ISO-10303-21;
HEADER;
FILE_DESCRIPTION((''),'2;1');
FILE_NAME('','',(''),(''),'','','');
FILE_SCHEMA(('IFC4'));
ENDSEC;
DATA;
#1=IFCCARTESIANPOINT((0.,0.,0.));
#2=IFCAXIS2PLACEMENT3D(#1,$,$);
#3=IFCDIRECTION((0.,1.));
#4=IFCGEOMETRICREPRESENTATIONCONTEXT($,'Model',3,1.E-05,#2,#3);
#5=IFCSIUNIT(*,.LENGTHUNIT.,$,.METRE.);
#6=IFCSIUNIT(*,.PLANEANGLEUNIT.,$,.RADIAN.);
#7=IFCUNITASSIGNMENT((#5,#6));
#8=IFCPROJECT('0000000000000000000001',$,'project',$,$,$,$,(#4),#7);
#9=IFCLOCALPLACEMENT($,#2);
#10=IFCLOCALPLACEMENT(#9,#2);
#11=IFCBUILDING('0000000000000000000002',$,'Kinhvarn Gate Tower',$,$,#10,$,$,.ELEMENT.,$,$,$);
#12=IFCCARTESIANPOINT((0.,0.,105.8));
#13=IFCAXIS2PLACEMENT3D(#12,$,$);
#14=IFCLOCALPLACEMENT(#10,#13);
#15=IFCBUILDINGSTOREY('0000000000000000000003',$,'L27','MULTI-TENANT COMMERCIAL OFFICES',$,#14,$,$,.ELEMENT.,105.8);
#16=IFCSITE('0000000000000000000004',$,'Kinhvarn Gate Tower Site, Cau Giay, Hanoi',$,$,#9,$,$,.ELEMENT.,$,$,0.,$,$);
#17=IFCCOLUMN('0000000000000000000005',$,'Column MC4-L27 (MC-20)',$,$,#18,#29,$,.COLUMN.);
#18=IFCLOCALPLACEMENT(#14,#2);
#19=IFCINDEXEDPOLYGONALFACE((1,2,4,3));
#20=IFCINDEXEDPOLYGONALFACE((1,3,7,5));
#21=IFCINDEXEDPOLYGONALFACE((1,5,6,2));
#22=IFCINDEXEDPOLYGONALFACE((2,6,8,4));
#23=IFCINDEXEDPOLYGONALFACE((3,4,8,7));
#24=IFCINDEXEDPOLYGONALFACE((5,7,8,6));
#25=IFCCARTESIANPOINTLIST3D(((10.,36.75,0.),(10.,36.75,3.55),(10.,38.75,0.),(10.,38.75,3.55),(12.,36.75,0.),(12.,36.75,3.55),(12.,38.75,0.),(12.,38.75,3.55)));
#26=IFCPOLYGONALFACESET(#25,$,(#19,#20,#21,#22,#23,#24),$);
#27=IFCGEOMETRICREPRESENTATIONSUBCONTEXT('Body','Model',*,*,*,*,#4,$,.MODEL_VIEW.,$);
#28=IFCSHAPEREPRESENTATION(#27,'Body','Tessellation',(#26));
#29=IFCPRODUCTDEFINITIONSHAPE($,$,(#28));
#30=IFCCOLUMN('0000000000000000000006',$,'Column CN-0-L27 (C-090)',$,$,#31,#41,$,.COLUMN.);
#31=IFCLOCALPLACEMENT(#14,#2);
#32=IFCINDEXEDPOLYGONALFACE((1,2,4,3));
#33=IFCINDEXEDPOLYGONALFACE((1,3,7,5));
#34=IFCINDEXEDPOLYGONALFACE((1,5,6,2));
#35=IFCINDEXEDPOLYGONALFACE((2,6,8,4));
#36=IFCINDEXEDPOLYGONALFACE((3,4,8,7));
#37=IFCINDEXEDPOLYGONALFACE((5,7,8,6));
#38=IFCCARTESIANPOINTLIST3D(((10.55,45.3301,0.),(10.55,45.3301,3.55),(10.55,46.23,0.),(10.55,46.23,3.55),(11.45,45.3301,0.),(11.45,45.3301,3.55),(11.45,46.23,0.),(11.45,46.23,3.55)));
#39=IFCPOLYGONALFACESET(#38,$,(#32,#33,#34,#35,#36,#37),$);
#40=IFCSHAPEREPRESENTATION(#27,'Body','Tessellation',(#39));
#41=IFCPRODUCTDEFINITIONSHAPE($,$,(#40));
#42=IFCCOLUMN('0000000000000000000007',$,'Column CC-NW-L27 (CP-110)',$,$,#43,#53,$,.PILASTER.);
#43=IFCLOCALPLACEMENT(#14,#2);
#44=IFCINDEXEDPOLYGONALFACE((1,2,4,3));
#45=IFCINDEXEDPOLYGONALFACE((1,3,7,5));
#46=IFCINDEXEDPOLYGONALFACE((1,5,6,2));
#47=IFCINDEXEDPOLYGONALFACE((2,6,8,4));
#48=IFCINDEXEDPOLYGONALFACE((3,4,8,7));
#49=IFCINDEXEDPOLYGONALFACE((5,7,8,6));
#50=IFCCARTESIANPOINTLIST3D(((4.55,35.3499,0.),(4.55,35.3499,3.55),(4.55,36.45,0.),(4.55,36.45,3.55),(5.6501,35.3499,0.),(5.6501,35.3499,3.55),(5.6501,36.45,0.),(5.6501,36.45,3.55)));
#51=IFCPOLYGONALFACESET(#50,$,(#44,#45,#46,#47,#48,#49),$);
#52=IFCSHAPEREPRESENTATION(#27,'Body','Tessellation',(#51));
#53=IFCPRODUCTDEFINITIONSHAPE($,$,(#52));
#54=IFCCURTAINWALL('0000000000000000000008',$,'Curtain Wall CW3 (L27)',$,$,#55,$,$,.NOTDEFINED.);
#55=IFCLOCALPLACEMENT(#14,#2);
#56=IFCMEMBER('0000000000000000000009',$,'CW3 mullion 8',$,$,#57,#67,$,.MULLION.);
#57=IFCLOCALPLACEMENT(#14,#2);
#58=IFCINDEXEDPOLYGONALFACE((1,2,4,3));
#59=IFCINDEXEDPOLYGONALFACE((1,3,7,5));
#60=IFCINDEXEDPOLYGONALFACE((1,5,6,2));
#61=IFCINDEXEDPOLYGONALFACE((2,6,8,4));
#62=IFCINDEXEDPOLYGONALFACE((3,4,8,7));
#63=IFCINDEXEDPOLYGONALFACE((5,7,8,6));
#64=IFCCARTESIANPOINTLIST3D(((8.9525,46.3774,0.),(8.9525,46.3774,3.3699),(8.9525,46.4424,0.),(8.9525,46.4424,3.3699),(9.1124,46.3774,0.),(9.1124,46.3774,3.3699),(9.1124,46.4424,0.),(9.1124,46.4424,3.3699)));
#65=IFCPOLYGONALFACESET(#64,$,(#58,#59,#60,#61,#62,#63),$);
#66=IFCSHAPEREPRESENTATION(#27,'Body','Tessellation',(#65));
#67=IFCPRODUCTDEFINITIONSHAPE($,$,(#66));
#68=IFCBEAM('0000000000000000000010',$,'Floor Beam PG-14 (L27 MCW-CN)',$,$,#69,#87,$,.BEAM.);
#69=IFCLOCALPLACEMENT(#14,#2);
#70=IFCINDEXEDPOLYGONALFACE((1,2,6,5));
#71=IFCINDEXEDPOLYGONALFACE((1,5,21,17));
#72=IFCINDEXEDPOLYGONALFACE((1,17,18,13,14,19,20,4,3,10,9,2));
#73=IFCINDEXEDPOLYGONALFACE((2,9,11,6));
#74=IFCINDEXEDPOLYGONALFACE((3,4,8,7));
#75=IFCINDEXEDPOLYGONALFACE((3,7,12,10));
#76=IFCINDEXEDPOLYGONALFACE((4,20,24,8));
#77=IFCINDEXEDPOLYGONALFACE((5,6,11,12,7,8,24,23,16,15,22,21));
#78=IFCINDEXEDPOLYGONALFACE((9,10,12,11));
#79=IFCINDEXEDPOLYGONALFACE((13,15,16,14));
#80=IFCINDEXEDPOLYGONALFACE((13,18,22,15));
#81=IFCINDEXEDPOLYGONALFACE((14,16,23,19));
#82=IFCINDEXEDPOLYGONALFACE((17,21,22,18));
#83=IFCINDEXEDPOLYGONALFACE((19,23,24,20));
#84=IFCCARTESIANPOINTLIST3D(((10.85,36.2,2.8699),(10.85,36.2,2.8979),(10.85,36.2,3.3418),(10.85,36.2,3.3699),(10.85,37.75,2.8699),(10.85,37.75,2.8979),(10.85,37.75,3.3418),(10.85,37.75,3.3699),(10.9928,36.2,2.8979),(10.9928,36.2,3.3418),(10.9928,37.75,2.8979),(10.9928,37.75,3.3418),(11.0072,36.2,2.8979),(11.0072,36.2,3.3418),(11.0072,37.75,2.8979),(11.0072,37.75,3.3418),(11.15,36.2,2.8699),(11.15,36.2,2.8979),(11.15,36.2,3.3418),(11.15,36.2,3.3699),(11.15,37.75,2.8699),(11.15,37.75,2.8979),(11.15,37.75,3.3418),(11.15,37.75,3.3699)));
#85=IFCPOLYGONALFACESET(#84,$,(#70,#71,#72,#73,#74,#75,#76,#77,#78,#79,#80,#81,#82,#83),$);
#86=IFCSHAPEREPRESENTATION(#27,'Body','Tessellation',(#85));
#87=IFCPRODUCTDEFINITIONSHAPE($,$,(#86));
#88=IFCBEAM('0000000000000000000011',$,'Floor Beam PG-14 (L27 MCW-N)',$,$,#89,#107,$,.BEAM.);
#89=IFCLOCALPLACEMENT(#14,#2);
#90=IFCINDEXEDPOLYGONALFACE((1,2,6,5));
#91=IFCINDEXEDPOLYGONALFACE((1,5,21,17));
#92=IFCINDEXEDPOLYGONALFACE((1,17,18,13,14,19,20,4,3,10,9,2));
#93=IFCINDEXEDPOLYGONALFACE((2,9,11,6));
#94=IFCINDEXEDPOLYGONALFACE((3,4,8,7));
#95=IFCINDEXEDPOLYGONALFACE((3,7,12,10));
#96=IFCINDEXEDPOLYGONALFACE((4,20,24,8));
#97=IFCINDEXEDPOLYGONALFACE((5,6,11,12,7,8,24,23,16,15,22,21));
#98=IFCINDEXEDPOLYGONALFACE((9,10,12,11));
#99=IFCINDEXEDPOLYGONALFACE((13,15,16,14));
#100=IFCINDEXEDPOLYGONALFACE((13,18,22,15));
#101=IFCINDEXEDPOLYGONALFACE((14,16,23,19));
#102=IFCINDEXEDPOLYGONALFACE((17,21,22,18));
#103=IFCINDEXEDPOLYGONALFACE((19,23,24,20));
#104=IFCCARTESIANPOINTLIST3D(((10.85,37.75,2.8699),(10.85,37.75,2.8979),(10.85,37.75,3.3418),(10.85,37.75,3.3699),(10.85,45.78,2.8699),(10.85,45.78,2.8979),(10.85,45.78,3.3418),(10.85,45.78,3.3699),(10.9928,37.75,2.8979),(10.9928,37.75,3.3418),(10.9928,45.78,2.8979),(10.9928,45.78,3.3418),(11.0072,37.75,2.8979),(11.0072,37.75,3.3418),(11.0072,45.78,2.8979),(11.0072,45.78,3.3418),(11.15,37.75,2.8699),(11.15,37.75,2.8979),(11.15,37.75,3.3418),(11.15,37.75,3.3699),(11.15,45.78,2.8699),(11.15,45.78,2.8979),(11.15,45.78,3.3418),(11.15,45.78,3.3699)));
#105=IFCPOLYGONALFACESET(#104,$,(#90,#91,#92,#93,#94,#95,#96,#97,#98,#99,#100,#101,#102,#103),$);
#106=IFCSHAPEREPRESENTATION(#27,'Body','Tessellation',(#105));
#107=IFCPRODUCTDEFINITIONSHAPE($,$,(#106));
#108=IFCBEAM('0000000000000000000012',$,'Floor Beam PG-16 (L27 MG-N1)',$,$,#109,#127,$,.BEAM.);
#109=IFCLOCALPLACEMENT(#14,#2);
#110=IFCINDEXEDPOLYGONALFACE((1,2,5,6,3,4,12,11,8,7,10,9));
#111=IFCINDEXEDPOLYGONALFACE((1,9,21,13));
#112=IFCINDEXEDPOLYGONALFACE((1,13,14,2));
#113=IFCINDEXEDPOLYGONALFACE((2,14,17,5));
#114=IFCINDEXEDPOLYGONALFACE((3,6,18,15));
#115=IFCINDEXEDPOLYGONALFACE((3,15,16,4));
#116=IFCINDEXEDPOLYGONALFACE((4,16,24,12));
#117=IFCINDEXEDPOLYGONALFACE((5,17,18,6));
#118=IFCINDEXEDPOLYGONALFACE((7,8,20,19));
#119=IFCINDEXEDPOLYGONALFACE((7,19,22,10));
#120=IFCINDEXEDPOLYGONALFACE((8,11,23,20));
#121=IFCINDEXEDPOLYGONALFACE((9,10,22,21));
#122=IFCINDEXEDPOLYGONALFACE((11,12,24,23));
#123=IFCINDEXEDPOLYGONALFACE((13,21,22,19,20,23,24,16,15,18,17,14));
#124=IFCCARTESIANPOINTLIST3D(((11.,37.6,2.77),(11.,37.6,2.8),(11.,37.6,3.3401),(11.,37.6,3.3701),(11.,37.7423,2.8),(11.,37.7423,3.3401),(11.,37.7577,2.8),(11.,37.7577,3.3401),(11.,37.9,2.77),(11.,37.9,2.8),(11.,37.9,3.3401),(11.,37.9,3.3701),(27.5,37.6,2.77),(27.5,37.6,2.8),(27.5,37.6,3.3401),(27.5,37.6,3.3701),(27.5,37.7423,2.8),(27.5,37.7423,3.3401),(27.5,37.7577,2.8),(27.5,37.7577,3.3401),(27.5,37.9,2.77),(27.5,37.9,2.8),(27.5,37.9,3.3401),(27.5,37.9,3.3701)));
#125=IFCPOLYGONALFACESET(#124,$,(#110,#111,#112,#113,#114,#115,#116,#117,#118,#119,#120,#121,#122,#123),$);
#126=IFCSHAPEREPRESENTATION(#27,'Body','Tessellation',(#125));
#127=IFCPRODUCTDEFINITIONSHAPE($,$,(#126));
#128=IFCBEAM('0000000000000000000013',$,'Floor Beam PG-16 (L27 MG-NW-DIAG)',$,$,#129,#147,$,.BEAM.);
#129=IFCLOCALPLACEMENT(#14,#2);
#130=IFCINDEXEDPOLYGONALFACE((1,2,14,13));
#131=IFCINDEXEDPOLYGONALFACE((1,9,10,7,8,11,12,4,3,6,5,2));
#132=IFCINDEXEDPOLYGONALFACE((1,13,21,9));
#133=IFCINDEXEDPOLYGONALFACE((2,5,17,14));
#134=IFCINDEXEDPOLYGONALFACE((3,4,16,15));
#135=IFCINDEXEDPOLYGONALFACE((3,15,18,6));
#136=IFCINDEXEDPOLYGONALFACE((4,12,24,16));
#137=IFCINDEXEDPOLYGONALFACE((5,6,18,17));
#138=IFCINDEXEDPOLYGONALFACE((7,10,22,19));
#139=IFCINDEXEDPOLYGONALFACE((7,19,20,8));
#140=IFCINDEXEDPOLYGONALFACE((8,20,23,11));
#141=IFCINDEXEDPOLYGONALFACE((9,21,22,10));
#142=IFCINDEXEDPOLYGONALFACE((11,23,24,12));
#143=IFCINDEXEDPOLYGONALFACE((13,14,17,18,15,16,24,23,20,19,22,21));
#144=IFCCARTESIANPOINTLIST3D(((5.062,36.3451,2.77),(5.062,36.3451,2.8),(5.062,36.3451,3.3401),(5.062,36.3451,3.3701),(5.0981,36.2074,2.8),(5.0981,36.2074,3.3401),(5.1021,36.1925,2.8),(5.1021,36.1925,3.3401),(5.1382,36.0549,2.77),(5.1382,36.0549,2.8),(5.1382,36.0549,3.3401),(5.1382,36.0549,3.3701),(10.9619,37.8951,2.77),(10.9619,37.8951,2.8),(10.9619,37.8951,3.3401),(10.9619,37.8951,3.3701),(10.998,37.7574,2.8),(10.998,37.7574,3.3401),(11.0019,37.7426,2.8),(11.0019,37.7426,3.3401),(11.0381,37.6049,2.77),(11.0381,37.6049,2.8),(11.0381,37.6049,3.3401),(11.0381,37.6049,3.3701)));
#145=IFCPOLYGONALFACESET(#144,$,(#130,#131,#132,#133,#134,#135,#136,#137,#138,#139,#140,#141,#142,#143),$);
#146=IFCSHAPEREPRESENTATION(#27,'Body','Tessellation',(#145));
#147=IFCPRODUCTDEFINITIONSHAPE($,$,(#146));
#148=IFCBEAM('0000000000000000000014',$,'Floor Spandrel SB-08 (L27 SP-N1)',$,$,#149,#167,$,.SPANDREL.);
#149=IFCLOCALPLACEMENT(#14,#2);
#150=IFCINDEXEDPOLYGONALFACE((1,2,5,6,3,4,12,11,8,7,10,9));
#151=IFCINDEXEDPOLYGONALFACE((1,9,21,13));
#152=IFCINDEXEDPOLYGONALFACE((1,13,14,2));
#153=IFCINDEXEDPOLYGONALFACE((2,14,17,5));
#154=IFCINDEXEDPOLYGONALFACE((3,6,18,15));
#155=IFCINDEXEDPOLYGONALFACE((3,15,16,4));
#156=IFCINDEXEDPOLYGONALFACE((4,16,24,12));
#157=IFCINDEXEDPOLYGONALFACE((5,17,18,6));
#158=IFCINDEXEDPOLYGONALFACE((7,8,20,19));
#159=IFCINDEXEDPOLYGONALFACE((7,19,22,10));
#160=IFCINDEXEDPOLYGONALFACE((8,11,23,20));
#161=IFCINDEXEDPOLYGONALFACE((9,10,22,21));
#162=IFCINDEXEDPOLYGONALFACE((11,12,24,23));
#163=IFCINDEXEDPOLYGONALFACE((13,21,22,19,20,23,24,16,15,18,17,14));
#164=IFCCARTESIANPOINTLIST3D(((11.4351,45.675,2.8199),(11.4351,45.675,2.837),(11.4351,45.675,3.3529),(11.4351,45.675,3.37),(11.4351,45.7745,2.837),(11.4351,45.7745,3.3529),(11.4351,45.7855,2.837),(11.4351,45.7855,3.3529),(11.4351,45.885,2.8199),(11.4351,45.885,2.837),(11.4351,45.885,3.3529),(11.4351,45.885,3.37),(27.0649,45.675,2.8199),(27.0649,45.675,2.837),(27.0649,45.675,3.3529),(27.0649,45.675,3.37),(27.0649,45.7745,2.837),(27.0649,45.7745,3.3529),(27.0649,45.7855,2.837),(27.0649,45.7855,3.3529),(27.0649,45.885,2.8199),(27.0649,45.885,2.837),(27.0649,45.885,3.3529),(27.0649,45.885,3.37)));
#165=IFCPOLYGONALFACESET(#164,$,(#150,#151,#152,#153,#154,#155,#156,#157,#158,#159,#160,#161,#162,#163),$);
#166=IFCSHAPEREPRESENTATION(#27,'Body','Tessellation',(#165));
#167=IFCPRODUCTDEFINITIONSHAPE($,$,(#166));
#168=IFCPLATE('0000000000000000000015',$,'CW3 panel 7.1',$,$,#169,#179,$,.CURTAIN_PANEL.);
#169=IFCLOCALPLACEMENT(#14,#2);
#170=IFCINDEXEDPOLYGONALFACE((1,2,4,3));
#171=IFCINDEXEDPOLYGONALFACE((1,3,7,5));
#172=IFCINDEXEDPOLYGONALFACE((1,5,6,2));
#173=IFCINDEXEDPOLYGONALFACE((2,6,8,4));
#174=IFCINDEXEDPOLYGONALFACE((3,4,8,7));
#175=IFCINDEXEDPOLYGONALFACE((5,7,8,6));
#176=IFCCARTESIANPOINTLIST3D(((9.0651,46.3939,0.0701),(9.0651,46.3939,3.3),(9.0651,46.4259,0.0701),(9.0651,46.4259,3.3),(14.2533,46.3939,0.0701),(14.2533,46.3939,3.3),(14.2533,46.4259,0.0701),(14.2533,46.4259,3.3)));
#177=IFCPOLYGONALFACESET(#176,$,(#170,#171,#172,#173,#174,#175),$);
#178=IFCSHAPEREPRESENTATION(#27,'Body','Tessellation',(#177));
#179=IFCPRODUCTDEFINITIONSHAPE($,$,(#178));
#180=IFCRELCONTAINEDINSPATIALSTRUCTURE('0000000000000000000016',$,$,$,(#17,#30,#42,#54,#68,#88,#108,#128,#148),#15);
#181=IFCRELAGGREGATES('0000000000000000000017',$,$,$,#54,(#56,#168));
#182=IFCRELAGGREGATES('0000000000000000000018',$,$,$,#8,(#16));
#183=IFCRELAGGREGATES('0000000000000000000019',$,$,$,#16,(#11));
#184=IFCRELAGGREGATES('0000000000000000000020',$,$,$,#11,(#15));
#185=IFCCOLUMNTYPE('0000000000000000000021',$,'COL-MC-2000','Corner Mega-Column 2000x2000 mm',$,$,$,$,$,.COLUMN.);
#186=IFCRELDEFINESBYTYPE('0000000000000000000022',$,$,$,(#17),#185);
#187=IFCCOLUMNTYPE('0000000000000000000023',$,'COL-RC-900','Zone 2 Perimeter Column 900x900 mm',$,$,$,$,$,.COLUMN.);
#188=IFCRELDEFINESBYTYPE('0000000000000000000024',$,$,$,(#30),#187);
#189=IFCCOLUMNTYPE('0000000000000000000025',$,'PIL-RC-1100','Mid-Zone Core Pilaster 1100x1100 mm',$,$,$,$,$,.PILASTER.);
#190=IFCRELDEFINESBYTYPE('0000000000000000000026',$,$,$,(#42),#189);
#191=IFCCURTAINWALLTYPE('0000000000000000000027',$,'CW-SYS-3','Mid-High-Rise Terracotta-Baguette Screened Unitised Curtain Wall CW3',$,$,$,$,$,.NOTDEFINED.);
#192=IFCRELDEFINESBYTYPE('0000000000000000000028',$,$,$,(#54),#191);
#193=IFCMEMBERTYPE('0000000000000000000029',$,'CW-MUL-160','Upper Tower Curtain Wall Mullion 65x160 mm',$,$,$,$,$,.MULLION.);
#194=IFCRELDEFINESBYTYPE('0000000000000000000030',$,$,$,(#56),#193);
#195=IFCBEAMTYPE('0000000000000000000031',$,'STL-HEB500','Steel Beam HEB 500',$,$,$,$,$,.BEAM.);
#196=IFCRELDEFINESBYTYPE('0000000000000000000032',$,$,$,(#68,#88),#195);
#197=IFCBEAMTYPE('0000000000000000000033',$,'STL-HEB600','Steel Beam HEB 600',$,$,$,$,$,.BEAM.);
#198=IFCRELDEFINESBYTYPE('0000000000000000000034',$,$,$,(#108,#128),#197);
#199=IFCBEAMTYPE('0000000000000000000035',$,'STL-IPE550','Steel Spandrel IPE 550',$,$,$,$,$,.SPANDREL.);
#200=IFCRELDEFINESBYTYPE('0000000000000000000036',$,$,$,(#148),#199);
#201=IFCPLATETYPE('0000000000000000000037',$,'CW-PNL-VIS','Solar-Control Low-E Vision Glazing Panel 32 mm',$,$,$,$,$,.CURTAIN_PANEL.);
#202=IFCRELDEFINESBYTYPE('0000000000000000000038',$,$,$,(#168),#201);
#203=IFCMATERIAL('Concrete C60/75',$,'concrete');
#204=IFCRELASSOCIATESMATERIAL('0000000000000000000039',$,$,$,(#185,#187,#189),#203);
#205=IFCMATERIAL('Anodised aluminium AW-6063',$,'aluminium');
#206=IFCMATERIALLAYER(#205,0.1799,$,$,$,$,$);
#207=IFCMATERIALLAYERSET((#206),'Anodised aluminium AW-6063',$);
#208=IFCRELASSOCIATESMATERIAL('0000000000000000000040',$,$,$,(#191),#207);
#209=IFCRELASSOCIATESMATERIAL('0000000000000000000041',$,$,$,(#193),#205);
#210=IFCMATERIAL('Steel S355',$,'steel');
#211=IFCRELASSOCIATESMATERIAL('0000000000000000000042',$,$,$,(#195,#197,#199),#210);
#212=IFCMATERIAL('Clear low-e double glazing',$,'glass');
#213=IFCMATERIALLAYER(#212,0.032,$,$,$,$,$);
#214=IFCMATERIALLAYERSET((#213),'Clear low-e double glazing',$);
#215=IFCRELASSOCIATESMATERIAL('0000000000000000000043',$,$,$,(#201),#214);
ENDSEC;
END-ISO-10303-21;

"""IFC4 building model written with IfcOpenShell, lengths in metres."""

from ifc_helpers import new_model, si_unit, direction, frame, origin, origin_2d, place, context, subcontext, project, spatial, rectangle, i_section, extrude, material, layer, layer_set, material_profile, profile_set, type_object, element, aggregate, save


model = new_model("IFC4")

# Units and contexts
model_context = context("Model", 3, precision=1e-05, world=origin(), true_north=direction((0.0, 1.0)))
body_context = subcontext(model_context, "Body", "Model", "MODEL_VIEW")
ifc_project = project(units=[si_unit("LENGTHUNIT", "METRE"), si_unit("PLANEANGLEUNIT", "RADIAN")], contexts=[model_context])

# Site, building, storey
site_placement = place(None, origin())
site = spatial("IfcSite", under=ifc_project, at=site_placement, Name="Kinhvarn Gate Tower Site, Cau Giay, Hanoi", CompositionType="ELEMENT", RefElevation=0.0)
building_placement = place(site_placement, origin())
building = spatial("IfcBuilding", under=site, at=building_placement, Name="Kinhvarn Gate Tower", CompositionType="ELEMENT")
storey_placement = place(building_placement, frame((0.0, 0.0, 105.8)))
storey = spatial("IfcBuildingStorey", under=building, at=storey_placement, Name="L27", Description="MULTI-TENANT COMMERCIAL OFFICES", CompositionType="ELEMENT", Elevation=105.8)

# Columns
ifc_material_1 = material(Name="Concrete C60/75", Category="concrete")
ifc_material_profile_1 = material_profile(ifc_material_1, rectangle(XDim=2.0, YDim=2.0, at=origin_2d()), Name="RC 2000x2000")
ifc_profile_set_1 = profile_set([ifc_material_profile_1], Name="Concrete C60/75")
column_type_1 = type_object("IfcColumnType", Name="COL-MC-2000", Description="Corner Mega-Column 2000x2000 mm", PredefinedType="COLUMN", material=ifc_profile_set_1)
column_1_placement = place(storey_placement, frame((11.0, 37.75, 0.0), z_axis=(0.0, 0.0, 1.0), x_axis=(1.0, 0.0, 0.0)))
element("IfcColumn", 1, at=column_1_placement, inside=storey, type_object=column_type_1, Name="Column MC4-L27 (MC-20)", PredefinedType="COLUMN", context=body_context, shape_type="SweptSolid", body=[
    extrude(rectangle(XDim=2.0, YDim=2.0, at=origin_2d()), origin(), (0.0, 0.0, 1.0), 3.55),
])
ifc_material_profile_2 = material_profile(ifc_material_1, rectangle(XDim=0.8999, YDim=0.8999, at=origin_2d()), Name="RC 900x900")
ifc_profile_set_2 = profile_set([ifc_material_profile_2], Name="Concrete C60/75")
column_type_2 = type_object("IfcColumnType", Name="COL-RC-900", Description="Zone 2 Perimeter Column 900x900 mm", PredefinedType="COLUMN", material=ifc_profile_set_2)
column_2_placement = place(storey_placement, frame((11.0, 45.78, 0.0), z_axis=(0.0, 0.0, 1.0), x_axis=(1.0, 0.0, 0.0)))
element("IfcColumn", 2, at=column_2_placement, inside=storey, type_object=column_type_2, Name="Column CN-0-L27 (C-090)", PredefinedType="COLUMN", context=body_context, shape_type="SweptSolid", body=[
    extrude(rectangle(XDim=0.8999, YDim=0.8999, at=origin_2d()), origin(), (0.0, 0.0, 1.0), 3.55),
])
ifc_material_profile_3 = material_profile(ifc_material_1, rectangle(XDim=1.1001, YDim=1.1001, at=origin_2d()), Name="RC 1100x1100")
ifc_profile_set_3 = profile_set([ifc_material_profile_3], Name="Concrete C60/75")
column_type_3 = type_object("IfcColumnType", Name="PIL-RC-1100", Description="Mid-Zone Core Pilaster 1100x1100 mm", PredefinedType="PILASTER", material=ifc_profile_set_3)
column_3_placement = place(storey_placement, frame((5.1001, 35.8999, 0.0), z_axis=(0.0, 0.0, 1.0), x_axis=(1.0, 0.0, 0.0)))
element("IfcColumn", 3, at=column_3_placement, inside=storey, type_object=column_type_3, Name="Column CC-NW-L27 (CP-110)", PredefinedType="PILASTER", context=body_context, shape_type="SweptSolid", body=[
    extrude(rectangle(XDim=1.1001, YDim=1.1001, at=origin_2d()), origin(), (0.0, 0.0, 1.0), 3.55),
])

# Curtain wall, member
ifc_material_2 = material(Name="Anodised aluminium AW-6063", Category="aluminium")
ifc_layer_1 = layer(ifc_material_2, 0.1799)
ifc_layer_set_1 = layer_set([ifc_layer_1], Name="Anodised aluminium AW-6063")
curtain_wall_type = type_object("IfcCurtainWallType", Name="CW-SYS-3", Description="Mid-High-Rise Terracotta-Baguette Screened Unitised Curtain Wall CW3", PredefinedType="NOTDEFINED", material=ifc_layer_set_1)
curtain_wall_placement = place(storey_placement, origin())
curtain_wall = element("IfcCurtainWall", 4, at=curtain_wall_placement, inside=storey, type_object=curtain_wall_type, Name="Curtain Wall CW3 (L27)", PredefinedType="NOTDEFINED")
ifc_material_profile_4 = material_profile(ifc_material_2, rectangle(XDim=0.0649, YDim=0.1599, at=origin_2d()), Name="ALU 65x160")
ifc_profile_set_4 = profile_set([ifc_material_profile_4], Name="Anodised aluminium AW-6063")
member_type = type_object("IfcMemberType", Name="CW-MUL-160", Description="Upper Tower Curtain Wall Mullion 65x160 mm", PredefinedType="MULLION", material=ifc_profile_set_4)
member_placement = place(storey_placement, frame((9.0325, 46.4099, 0.0), z_axis=(0.0, 0.0, 1.0), x_axis=(0.0, -1.0, 0.0)))
member = element("IfcMember", 5, at=member_placement, type_object=member_type, Name="CW3 mullion 8", PredefinedType="MULLION", context=body_context, shape_type="SweptSolid", body=[
    extrude(rectangle(XDim=0.0649, YDim=0.1599, at=origin_2d()), origin(), (0.0, 0.0, 1.0), 3.3699),
])

# Beams
ifc_material_3 = material(Name="Steel S355", Category="steel")
ifc_material_profile_5 = material_profile(ifc_material_3, i_section(OverallWidth=0.3, OverallDepth=0.5, WebThickness=0.0144, FlangeThickness=0.0281, at=origin_2d()), Name="HEB 500")
ifc_profile_set_5 = profile_set([ifc_material_profile_5], Name="Steel S355")
beam_type_1 = type_object("IfcBeamType", Name="STL-HEB500", Description="Steel Beam HEB 500", PredefinedType="BEAM", material=ifc_profile_set_5)
beam_1_placement = place(storey_placement, frame((11.0, 36.2, 3.1199), z_axis=(0.0, 1.0, 0.0), x_axis=(-1.0, 0.0, 0.0)))
element("IfcBeam", 6, at=beam_1_placement, inside=storey, type_object=beam_type_1, Name="Floor Beam PG-14 (L27 MCW-CN)", PredefinedType="BEAM", context=body_context, shape_type="SweptSolid", body=[
    extrude(i_section(OverallWidth=0.3, OverallDepth=0.5, WebThickness=0.0144, FlangeThickness=0.0281, at=origin_2d()), origin(), (0.0, 0.0, 1.0), 1.55),
])
beam_2_placement = place(storey_placement, frame((11.0, 37.75, 3.1199), z_axis=(0.0, 1.0, 0.0), x_axis=(-1.0, 0.0, 0.0)))
element("IfcBeam", 7, at=beam_2_placement, inside=storey, type_object=beam_type_1, Name="Floor Beam PG-14 (L27 MCW-N)", PredefinedType="BEAM", context=body_context, shape_type="SweptSolid", body=[
    extrude(i_section(OverallWidth=0.3, OverallDepth=0.5, WebThickness=0.0144, FlangeThickness=0.0281, at=origin_2d()), origin(), (0.0, 0.0, 1.0), 8.03),
])
ifc_material_profile_6 = material_profile(ifc_material_3, i_section(OverallWidth=0.3, OverallDepth=0.6001, WebThickness=0.0154, FlangeThickness=0.03, at=origin_2d()), Name="HEB 600")
ifc_profile_set_6 = profile_set([ifc_material_profile_6], Name="Steel S355")
beam_type_2 = type_object("IfcBeamType", Name="STL-HEB600", Description="Steel Beam HEB 600", PredefinedType="BEAM", material=ifc_profile_set_6)
beam_3_placement = place(storey_placement, frame((11.0, 37.75, 3.0701), z_axis=(1.0, 0.0, 0.0), x_axis=(0.0, 1.0, 0.0)))
element("IfcBeam", 8, at=beam_3_placement, inside=storey, type_object=beam_type_2, Name="Floor Beam PG-16 (L27 MG-N1)", PredefinedType="BEAM", context=body_context, shape_type="SweptSolid", body=[
    extrude(i_section(OverallWidth=0.3, OverallDepth=0.6001, WebThickness=0.0154, FlangeThickness=0.03, at=origin_2d()), origin(), (0.0, 0.0, 1.0), 16.5),
])
beam_4_placement = place(storey_placement, frame((5.1001, 36.2, 3.0701), z_axis=(0.967178, 0.254101, 0.0), x_axis=(-0.254101, 0.967178, 0.0)))
element("IfcBeam", 9, at=beam_4_placement, inside=storey, type_object=beam_type_2, Name="Floor Beam PG-16 (L27 MG-NW-DIAG)", PredefinedType="BEAM", context=body_context, shape_type="SweptSolid", body=[
    extrude(i_section(OverallWidth=0.3, OverallDepth=0.6001, WebThickness=0.0154, FlangeThickness=0.03, at=origin_2d()), origin(), (0.0, 0.0, 1.0), 6.1001),
])
ifc_material_profile_7 = material_profile(ifc_material_3, i_section(OverallWidth=0.21, OverallDepth=0.55, WebThickness=0.011, FlangeThickness=0.0171, at=origin_2d()), Name="IPE 550")
ifc_profile_set_7 = profile_set([ifc_material_profile_7], Name="Steel S355")
beam_type_3 = type_object("IfcBeamType", Name="STL-IPE550", Description="Steel Spandrel IPE 550", PredefinedType="SPANDREL", material=ifc_profile_set_7)
beam_5_placement = place(storey_placement, frame((11.4351, 45.78, 3.095), z_axis=(1.0, 0.0, 0.0), x_axis=(0.0, 1.0, 0.0)))
element("IfcBeam", 10, at=beam_5_placement, inside=storey, type_object=beam_type_3, Name="Floor Spandrel SB-08 (L27 SP-N1)", PredefinedType="SPANDREL", context=body_context, shape_type="SweptSolid", body=[
    extrude(i_section(OverallWidth=0.21, OverallDepth=0.55, WebThickness=0.011, FlangeThickness=0.0171, at=origin_2d()), origin(), (0.0, 0.0, 1.0), 15.6299),
])

# Plate
ifc_material_4 = material(Name="Clear low-e double glazing", Category="glass")
ifc_layer_2 = layer(ifc_material_4, 0.032)
ifc_layer_set_2 = layer_set([ifc_layer_2], Name="Clear low-e double glazing")
plate_type = type_object("IfcPlateType", Name="CW-PNL-VIS", Description="Solar-Control Low-E Vision Glazing Panel 32 mm", PredefinedType="CURTAIN_PANEL", material=ifc_layer_set_2)
plate_placement = place(storey_placement, frame((11.6592, 46.4099, 0.0701), z_axis=(0.0, 0.0, 1.0), x_axis=(-1.0, 0.0, 0.0)))
plate = element("IfcPlate", 11, at=plate_placement, type_object=plate_type, Name="CW3 panel 7.1", PredefinedType="CURTAIN_PANEL", context=body_context, shape_type="SweptSolid", body=[
    extrude(rectangle(XDim=5.1882, YDim=0.032, at=origin_2d()), origin(), (0.0, 0.0, 1.0), 3.23),
])
aggregate(curtain_wall, [member, plate])

save(model, "model.ifc")
